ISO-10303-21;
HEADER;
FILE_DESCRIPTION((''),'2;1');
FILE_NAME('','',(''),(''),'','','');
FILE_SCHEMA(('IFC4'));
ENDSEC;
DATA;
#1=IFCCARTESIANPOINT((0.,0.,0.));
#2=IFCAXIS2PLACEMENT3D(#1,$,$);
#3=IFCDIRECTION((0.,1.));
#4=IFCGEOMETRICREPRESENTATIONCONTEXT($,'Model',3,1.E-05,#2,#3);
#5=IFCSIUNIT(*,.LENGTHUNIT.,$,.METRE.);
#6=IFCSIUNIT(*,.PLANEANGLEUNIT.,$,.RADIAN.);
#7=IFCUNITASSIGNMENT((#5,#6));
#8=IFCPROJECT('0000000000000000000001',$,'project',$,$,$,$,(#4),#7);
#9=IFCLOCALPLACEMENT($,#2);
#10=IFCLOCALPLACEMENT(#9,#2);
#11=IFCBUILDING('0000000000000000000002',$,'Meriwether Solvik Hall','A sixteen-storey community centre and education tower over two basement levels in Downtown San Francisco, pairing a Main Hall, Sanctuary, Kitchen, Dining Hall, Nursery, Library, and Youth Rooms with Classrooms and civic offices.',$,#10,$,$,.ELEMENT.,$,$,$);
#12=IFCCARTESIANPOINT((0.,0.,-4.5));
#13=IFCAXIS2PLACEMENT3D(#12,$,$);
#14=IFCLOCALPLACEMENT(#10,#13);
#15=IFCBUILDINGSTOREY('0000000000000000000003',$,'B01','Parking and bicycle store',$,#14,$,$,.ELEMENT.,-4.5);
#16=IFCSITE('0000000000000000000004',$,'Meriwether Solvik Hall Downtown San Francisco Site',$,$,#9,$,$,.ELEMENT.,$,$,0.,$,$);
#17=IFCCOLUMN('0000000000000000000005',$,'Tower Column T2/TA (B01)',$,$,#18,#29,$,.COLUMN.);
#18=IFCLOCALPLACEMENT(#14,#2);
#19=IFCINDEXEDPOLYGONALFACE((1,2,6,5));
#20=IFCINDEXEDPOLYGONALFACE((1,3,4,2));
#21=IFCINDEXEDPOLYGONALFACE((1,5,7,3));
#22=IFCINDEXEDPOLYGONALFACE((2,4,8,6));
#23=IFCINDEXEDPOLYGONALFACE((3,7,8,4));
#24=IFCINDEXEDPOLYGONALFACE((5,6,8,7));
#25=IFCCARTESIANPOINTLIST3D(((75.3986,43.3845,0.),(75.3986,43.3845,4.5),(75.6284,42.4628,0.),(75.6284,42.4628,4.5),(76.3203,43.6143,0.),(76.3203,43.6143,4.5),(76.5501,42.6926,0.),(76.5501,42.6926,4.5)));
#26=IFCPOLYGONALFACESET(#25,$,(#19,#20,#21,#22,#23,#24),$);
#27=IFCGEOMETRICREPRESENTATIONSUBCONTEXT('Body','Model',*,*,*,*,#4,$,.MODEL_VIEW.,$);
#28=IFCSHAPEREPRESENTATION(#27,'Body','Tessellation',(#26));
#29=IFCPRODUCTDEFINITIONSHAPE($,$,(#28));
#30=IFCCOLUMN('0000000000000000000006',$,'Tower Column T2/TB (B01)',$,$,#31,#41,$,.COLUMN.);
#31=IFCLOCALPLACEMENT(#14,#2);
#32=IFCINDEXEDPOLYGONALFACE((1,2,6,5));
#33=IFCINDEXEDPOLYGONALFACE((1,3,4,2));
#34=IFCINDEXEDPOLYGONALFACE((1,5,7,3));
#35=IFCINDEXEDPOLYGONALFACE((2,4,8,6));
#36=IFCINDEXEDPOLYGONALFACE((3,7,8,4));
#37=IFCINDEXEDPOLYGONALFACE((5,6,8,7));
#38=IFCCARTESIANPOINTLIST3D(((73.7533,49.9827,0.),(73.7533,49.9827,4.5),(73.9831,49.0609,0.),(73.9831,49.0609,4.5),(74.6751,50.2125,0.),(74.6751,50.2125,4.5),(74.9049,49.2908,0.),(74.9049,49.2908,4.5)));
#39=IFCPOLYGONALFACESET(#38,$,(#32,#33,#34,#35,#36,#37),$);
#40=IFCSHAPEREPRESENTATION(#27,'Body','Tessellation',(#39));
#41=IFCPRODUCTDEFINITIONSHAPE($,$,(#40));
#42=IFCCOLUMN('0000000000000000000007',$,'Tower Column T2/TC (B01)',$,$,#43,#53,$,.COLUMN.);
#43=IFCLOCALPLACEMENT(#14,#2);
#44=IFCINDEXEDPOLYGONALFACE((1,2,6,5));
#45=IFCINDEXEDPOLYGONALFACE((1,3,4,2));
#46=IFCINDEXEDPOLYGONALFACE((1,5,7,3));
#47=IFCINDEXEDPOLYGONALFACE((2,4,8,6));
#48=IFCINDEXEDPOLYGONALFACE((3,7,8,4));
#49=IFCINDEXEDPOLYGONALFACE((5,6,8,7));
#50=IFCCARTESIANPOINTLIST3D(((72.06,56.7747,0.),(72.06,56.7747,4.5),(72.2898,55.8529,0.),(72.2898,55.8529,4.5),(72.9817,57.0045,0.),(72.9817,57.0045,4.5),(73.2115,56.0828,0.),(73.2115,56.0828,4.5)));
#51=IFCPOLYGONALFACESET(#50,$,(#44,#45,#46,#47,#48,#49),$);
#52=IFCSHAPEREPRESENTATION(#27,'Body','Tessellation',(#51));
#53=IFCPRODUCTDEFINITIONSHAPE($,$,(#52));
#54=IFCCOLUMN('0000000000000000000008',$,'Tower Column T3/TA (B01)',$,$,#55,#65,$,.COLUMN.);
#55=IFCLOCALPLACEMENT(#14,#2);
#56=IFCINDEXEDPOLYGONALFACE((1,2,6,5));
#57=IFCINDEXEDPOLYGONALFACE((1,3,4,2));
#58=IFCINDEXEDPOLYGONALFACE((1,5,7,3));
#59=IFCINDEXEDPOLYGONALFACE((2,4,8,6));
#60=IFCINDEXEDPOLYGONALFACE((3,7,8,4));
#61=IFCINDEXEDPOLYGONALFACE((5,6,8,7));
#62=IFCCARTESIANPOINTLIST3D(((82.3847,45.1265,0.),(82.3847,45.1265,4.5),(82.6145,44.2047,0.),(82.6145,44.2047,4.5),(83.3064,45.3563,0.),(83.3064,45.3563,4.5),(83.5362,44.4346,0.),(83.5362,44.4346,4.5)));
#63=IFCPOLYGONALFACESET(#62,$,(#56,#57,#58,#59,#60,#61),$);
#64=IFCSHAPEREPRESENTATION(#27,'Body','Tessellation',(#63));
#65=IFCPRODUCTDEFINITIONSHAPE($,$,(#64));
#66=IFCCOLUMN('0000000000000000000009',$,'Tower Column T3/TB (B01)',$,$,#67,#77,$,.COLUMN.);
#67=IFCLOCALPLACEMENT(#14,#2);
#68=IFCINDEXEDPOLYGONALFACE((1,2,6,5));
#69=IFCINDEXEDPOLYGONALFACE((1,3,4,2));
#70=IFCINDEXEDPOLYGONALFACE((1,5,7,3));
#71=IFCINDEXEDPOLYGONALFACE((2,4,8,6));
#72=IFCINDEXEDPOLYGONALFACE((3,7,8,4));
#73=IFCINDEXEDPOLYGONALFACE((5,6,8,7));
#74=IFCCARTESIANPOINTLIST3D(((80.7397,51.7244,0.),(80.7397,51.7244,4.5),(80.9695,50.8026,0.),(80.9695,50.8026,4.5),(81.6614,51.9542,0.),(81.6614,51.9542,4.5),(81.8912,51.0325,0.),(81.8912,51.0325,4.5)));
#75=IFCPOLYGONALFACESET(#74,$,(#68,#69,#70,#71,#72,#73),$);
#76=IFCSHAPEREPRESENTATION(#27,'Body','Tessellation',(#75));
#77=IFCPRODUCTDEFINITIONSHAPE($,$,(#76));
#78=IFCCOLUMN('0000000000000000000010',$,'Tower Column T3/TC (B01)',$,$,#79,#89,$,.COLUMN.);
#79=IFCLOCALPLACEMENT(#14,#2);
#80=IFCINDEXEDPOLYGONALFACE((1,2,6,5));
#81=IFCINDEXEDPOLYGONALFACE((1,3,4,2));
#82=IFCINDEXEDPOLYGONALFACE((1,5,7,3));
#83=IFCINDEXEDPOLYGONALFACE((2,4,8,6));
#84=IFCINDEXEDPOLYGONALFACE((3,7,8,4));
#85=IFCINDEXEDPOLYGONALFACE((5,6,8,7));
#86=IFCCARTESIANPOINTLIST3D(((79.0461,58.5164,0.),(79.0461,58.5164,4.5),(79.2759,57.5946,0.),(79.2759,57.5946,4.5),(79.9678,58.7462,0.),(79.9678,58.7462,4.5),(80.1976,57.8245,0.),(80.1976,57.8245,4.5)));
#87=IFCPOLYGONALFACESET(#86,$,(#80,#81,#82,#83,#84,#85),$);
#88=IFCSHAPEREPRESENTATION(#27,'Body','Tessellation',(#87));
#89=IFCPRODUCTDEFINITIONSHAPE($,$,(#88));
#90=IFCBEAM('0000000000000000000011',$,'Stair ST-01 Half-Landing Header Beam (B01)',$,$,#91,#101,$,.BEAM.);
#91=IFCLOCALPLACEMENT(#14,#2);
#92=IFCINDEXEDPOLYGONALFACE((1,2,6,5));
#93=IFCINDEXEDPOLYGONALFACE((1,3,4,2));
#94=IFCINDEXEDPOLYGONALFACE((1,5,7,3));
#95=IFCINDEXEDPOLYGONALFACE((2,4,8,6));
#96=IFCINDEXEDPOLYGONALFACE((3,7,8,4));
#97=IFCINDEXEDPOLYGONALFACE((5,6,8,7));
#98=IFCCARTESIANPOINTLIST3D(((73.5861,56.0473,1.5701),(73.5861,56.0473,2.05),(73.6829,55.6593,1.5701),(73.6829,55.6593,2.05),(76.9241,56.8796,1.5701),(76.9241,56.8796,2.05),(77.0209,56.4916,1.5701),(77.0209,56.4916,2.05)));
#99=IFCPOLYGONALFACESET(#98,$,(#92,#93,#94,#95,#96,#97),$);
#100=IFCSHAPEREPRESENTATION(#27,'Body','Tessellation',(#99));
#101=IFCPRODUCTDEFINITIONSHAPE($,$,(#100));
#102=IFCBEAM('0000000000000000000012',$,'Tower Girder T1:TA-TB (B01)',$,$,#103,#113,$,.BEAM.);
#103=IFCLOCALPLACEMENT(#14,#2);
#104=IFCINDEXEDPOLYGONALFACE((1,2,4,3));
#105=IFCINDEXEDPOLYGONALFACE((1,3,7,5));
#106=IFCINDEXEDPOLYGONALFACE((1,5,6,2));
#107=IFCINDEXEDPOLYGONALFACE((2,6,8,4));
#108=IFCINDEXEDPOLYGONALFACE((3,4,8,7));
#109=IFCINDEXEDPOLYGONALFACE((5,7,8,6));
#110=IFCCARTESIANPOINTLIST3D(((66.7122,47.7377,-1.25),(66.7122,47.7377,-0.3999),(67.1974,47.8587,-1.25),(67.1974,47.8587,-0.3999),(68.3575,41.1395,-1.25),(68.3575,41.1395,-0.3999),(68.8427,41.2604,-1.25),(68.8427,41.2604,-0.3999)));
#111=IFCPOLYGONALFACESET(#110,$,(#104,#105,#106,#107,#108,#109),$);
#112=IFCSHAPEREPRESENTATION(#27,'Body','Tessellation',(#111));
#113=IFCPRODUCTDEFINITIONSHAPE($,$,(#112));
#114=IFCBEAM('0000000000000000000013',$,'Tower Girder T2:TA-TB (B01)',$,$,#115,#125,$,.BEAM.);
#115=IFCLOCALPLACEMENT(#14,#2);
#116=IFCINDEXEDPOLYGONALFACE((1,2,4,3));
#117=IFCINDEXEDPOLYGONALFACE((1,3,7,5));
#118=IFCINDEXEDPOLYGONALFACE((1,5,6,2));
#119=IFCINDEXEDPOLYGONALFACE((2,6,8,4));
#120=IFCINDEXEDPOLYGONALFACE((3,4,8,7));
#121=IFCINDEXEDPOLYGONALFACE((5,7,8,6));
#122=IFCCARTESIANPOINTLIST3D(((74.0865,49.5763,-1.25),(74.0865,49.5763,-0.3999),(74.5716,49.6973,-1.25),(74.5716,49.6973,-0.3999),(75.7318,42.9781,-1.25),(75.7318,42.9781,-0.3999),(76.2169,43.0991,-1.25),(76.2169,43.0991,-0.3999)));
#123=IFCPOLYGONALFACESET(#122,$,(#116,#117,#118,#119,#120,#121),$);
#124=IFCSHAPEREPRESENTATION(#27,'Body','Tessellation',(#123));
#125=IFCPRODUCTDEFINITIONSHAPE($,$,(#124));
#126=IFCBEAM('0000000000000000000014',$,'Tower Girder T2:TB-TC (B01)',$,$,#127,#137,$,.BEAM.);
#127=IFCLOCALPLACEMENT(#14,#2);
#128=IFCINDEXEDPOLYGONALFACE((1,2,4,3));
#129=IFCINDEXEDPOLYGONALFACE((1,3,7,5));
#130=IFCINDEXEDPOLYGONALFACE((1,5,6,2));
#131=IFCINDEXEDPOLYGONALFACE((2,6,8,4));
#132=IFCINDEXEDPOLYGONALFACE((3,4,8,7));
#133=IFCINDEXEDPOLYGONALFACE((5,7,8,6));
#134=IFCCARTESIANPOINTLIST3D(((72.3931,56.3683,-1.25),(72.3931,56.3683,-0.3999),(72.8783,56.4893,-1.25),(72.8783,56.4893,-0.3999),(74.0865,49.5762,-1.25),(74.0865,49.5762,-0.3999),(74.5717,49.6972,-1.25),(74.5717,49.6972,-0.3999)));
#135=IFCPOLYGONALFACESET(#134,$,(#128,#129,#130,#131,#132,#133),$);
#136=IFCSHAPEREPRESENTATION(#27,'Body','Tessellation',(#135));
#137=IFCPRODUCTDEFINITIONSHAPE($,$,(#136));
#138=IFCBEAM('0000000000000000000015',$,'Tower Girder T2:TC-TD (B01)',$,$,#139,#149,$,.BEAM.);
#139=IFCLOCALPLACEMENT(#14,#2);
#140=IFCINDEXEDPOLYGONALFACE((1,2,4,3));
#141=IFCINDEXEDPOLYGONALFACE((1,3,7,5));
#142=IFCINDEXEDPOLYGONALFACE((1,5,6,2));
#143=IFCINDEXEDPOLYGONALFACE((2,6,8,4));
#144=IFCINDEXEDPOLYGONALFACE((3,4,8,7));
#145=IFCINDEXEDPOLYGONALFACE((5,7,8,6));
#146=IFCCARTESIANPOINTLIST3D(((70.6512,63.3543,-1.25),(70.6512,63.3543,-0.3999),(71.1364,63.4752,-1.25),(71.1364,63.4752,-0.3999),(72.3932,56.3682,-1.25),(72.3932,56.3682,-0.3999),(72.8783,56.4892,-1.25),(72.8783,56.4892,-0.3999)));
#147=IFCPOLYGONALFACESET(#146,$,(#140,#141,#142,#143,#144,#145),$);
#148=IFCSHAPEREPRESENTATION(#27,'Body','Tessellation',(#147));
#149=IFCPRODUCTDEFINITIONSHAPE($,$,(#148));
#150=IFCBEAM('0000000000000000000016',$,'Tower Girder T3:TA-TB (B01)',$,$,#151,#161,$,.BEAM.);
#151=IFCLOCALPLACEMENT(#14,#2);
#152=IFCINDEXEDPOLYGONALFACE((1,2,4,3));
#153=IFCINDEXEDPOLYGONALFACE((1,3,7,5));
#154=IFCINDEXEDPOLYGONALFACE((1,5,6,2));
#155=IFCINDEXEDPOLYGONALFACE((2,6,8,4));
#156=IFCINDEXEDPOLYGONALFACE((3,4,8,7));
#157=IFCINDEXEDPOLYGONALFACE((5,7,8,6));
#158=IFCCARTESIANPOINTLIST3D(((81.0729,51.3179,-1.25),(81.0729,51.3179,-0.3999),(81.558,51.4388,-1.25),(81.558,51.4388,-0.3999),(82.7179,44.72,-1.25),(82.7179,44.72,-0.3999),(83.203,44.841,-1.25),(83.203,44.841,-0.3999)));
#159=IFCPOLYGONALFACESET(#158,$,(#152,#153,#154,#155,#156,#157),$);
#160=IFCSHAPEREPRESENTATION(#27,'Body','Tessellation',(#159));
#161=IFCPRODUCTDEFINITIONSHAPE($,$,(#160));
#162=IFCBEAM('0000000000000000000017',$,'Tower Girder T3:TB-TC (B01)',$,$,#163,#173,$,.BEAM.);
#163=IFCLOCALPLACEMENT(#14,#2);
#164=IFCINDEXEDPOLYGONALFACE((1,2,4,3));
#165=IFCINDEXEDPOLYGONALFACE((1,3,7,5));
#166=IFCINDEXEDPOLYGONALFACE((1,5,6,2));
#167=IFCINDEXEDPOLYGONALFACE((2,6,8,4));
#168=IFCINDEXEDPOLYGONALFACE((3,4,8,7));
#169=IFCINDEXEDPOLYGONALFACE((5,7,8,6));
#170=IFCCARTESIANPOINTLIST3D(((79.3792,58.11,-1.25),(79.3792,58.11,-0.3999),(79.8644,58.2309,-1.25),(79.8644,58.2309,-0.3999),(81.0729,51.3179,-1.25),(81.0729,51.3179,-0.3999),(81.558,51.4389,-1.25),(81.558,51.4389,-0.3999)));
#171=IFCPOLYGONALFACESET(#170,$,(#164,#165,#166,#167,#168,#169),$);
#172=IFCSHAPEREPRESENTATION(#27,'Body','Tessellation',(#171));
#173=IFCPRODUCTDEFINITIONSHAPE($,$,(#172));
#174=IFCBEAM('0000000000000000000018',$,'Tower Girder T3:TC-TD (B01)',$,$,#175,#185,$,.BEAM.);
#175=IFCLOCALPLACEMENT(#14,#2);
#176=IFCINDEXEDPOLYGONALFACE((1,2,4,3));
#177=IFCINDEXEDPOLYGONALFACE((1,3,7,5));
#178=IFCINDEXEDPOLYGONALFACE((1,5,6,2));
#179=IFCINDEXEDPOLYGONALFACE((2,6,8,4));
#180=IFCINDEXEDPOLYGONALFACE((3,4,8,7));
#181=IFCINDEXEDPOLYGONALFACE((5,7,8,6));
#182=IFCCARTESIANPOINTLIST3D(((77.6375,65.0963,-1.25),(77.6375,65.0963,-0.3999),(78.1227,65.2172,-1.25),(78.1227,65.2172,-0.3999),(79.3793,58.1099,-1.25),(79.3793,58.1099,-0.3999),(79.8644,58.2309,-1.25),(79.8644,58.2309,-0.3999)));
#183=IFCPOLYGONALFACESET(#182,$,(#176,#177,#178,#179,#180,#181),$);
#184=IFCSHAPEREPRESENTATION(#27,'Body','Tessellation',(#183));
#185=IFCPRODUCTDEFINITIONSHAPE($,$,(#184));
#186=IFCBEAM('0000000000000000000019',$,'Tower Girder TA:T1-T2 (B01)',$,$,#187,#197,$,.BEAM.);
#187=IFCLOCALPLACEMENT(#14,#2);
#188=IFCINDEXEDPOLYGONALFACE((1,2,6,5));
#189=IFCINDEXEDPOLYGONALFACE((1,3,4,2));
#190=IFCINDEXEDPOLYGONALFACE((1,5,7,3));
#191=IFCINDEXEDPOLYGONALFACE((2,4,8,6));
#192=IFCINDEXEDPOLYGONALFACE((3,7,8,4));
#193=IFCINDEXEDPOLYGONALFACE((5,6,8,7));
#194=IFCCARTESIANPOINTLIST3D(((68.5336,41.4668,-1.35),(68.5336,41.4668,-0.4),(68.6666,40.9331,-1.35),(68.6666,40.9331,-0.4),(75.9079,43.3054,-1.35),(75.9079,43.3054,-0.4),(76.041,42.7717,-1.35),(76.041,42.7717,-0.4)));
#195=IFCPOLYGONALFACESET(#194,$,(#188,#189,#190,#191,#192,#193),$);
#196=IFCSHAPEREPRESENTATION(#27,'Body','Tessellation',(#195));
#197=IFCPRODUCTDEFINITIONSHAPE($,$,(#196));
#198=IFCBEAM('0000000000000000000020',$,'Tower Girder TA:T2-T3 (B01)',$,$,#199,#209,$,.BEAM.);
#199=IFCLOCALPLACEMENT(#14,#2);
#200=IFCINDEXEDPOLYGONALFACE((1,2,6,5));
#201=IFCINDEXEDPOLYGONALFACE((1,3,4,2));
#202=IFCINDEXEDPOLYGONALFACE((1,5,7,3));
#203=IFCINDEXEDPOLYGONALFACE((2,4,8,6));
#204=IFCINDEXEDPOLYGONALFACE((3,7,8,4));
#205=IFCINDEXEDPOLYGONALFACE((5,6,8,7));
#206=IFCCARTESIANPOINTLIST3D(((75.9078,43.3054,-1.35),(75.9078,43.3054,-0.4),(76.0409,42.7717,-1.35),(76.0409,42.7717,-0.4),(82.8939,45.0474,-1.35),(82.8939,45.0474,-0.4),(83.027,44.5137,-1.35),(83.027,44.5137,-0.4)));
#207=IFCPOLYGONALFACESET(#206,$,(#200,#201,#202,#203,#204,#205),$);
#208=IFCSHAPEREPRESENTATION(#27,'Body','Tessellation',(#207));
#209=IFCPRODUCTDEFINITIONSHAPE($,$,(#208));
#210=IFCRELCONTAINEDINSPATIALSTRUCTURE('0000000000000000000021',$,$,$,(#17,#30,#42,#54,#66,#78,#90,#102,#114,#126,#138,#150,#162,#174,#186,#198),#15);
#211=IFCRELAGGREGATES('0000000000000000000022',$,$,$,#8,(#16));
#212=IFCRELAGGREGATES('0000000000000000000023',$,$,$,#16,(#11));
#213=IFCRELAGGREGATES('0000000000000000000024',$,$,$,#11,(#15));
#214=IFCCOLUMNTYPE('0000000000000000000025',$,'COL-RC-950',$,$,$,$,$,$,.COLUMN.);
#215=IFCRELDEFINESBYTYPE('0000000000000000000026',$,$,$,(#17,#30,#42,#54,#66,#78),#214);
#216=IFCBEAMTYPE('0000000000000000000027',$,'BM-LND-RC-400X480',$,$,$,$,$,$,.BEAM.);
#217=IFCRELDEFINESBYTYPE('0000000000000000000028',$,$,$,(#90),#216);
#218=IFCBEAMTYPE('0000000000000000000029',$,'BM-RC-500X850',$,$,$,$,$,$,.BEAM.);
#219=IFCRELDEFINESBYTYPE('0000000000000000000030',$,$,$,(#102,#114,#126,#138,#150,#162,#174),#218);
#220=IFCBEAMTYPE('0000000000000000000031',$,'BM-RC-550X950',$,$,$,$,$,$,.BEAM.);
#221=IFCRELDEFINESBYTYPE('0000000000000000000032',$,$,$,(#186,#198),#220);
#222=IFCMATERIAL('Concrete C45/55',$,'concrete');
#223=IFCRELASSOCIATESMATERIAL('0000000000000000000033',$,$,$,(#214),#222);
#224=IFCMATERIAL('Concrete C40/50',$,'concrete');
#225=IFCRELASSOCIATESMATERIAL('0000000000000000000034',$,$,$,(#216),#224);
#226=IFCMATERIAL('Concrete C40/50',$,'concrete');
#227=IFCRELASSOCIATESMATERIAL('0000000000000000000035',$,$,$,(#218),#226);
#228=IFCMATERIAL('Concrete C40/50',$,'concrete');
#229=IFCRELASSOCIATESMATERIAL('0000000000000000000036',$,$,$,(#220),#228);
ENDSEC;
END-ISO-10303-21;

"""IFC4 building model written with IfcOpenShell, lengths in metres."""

from ifc_helpers import new_model, si_unit, direction, frame, origin, origin_2d, place, context, subcontext, project, spatial, rectangle, extrude, material, material_profile, profile_set, type_object, element, save


model = new_model("IFC4")

# Units and contexts
model_context = context("Model", 3, precision=1e-05, world=origin(), true_north=direction((0.0, 1.0)))
body_context = subcontext(model_context, "Body", "Model", "MODEL_VIEW")
ifc_project = project(units=[si_unit("LENGTHUNIT", "METRE"), si_unit("PLANEANGLEUNIT", "RADIAN")], contexts=[model_context])

# Site, building, storey
site_placement = place(None, origin())
site = spatial("IfcSite", under=ifc_project, at=site_placement, Name="Meriwether Solvik Hall Downtown San Francisco Site", CompositionType="ELEMENT", RefElevation=0.0)
building_placement = place(site_placement, origin())
building = spatial("IfcBuilding", under=site, at=building_placement, Name="Meriwether Solvik Hall", Description="A sixteen-storey community centre and education tower over two basement levels in Downtown San Francisco, pairing a Main Hall, Sanctuary, Kitchen, Dining Hall, Nursery, Library, and Youth Rooms with Classrooms and civic offices.", CompositionType="ELEMENT")
storey_placement = place(building_placement, frame((0.0, 0.0, -4.5)))
storey = spatial("IfcBuildingStorey", under=building, at=storey_placement, Name="B01", Description="Parking and bicycle store", CompositionType="ELEMENT", Elevation=-4.5)

# Columns
ifc_material_1 = material(Name="Concrete C45/55", Category="concrete")
ifc_material_profile_1 = material_profile(ifc_material_1, rectangle(XDim=0.95, YDim=0.95, at=origin_2d()), Name="RCC-950X950")
ifc_profile_set_1 = profile_set([ifc_material_profile_1], Name="Concrete C45/55")
column_type = type_object("IfcColumnType", Name="COL-RC-950", PredefinedType="COLUMN", material=ifc_profile_set_1)
for number, where, z_axis, x_axis, name in (
    (1, (75.9744, 43.0386, 0.0), (0.0, 0.0, 1.0), (0.970296, 0.241922, 0.0), "Tower Column T2/TA (B01)"),
    (2, (74.3291, 49.6367, 0.0), (0.0, 0.0, 1.0), (0.970296, 0.241922, 0.0), "Tower Column T2/TB (B01)"),
    (3, (72.6357, 56.4287, 0.0), (0.0, 0.0, 1.0), (0.970296, 0.241922, 0.0), "Tower Column T2/TC (B01)"),
    (4, (82.9604, 44.7805, 0.0), (0.0, 0.0, 1.0), (0.970296, 0.241922, 0.0), "Tower Column T3/TA (B01)"),
    (5, (81.3154, 51.3784, 0.0), (0.0, 0.0, 1.0), (0.970296, 0.241922, 0.0), "Tower Column T3/TB (B01)"),
    (6, (79.6218, 58.1704, 0.0), (0.0, 0.0, 1.0), (0.970296, 0.241922, 0.0), "Tower Column T3/TC (B01)"),
):
    element("IfcColumn", number, at=place(storey_placement, frame(where, z_axis=z_axis, x_axis=x_axis)), inside=storey, type_object=column_type, Name=name, PredefinedType="COLUMN", context=body_context, shape_type="SweptSolid", body=[
        extrude(rectangle(XDim=0.95, YDim=0.95, at=origin_2d()), origin(), (0.0, 0.0, 1.0), 4.5),
    ])

# Beams
ifc_material_2 = material(Name="Concrete C40/50", Category="concrete")
ifc_material_profile_2 = material_profile(ifc_material_2, rectangle(XDim=0.3999, YDim=0.48, at=origin_2d()), Name="RCB-400X480")
ifc_profile_set_2 = profile_set([ifc_material_profile_2], Name="Concrete C40/50")
beam_type_1 = type_object("IfcBeamType", Name="BM-LND-RC-400X480", PredefinedType="BEAM", material=ifc_profile_set_2)
beam_1_placement = place(storey_placement, frame((73.6345, 55.8533, 1.8101), z_axis=(0.970293, 0.241934, 0.0), x_axis=(-0.241934, 0.970293, 0.0)))
element("IfcBeam", 7, at=beam_1_placement, inside=storey, type_object=beam_type_1, Name="Stair ST-01 Half-Landing Header Beam (B01)", PredefinedType="BEAM", context=body_context, shape_type="SweptSolid", body=[
    extrude(rectangle(XDim=0.3999, YDim=0.48, at=origin_2d()), origin(), (0.0, 0.0, 1.0), 3.4402),
])
ifc_material_3 = material(Name="Concrete C40/50", Category="concrete")
ifc_material_profile_3 = material_profile(ifc_material_3, rectangle(XDim=0.5, YDim=0.8501, at=origin_2d()), Name="RCB-500X850")
ifc_profile_set_3 = profile_set([ifc_material_profile_3], Name="Concrete C40/50")
beam_type_2 = type_object("IfcBeamType", Name="BM-RC-500X850", PredefinedType="BEAM", material=ifc_profile_set_3)
for number, where, z_axis, x_axis, name in (
    (8, (68.6001, 41.2, -0.825), (-0.241944, 0.97029, 0.0), (-0.97029, -0.241944, 0.0), "Tower Girder T1:TA-TB (B01)"),
    (9, (75.9744, 43.0386, -0.825), (-0.241944, 0.97029, 0.0), (-0.97029, -0.241944, 0.0), "Tower Girder T2:TA-TB (B01)"),
):
    element("IfcBeam", number, at=place(storey_placement, frame(where, z_axis=z_axis, x_axis=x_axis)), inside=storey, type_object=beam_type_2, Name=name, PredefinedType="BEAM", context=body_context, shape_type="SweptSolid", body=[
        extrude(rectangle(XDim=0.5, YDim=0.8501, at=origin_2d()), origin(), (0.0, 0.0, 1.0), 6.8003),
    ])
beam_2_placement = place(storey_placement, frame((74.3291, 49.6367, -0.825), z_axis=(-0.241912, 0.970298, 0.0), x_axis=(-0.970298, -0.241912, 0.0)))
element("IfcBeam", 10, at=beam_2_placement, inside=storey, type_object=beam_type_2, Name="Tower Girder T2:TB-TC (B01)", PredefinedType="BEAM", context=body_context, shape_type="SweptSolid", body=[
    extrude(rectangle(XDim=0.5, YDim=0.8501, at=origin_2d()), origin(), (0.0, 0.0, 1.0), 7.0),
])
beam_3_placement = place(storey_placement, frame((72.6357, 56.4287, -0.825), z_axis=(-0.241937, 0.970292, 0.0), x_axis=(-0.970292, -0.241937, 0.0)))
element("IfcBeam", 11, at=beam_3_placement, inside=storey, type_object=beam_type_2, Name="Tower Girder T2:TC-TD (B01)", PredefinedType="BEAM", context=body_context, shape_type="SweptSolid", body=[
    extrude(rectangle(XDim=0.5, YDim=0.8501, at=origin_2d()), origin(), (0.0, 0.0, 1.0), 7.2),
])
beam_4_placement = place(storey_placement, frame((82.9604, 44.7805, -0.825), z_axis=(-0.241919, 0.970296, 0.0), x_axis=(-0.970296, -0.241919, 0.0)))
element("IfcBeam", 12, at=beam_4_placement, inside=storey, type_object=beam_type_2, Name="Tower Girder T3:TA-TB (B01)", PredefinedType="BEAM", context=body_context, shape_type="SweptSolid", body=[
    extrude(rectangle(XDim=0.5, YDim=0.8501, at=origin_2d()), origin(), (0.0, 0.0, 1.0), 6.7998),
])
beam_5_placement = place(storey_placement, frame((81.3154, 51.3784, -0.825), z_axis=(-0.241945, 0.97029, 0.0), x_axis=(-0.97029, -0.241945, 0.0)))
element("IfcBeam", 13, at=beam_5_placement, inside=storey, type_object=beam_type_2, Name="Tower Girder T3:TB-TC (B01)", PredefinedType="BEAM", context=body_context, shape_type="SweptSolid", body=[
    extrude(rectangle(XDim=0.5, YDim=0.8501, at=origin_2d()), origin(), (0.0, 0.0, 1.0), 7.0),
])
beam_6_placement = place(storey_placement, frame((79.6218, 58.1704, -0.825), z_axis=(-0.241897, 0.970302, 0.0), x_axis=(-0.970302, -0.241897, 0.0)))
element("IfcBeam", 14, at=beam_6_placement, inside=storey, type_object=beam_type_2, Name="Tower Girder T3:TC-TD (B01)", PredefinedType="BEAM", context=body_context, shape_type="SweptSolid", body=[
    extrude(rectangle(XDim=0.5, YDim=0.8501, at=origin_2d()), origin(), (0.0, 0.0, 1.0), 7.2002),
])
ifc_material_4 = material(Name="Concrete C40/50", Category="concrete")
ifc_material_profile_4 = material_profile(ifc_material_4, rectangle(XDim=0.55, YDim=0.95, at=origin_2d()), Name="RCB-550X950")
ifc_profile_set_4 = profile_set([ifc_material_profile_4], Name="Concrete C40/50")
beam_type_3 = type_object("IfcBeamType", Name="BM-RC-550X950", PredefinedType="BEAM", material=ifc_profile_set_4)
beam_7_placement = place(storey_placement, frame((68.6001, 41.2, -0.875), z_axis=(0.970295, 0.241923, 0.0), x_axis=(-0.241923, 0.970295, 0.0)))
element("IfcBeam", 15, at=beam_7_placement, inside=storey, type_object=beam_type_3, Name="Tower Girder TA:T1-T2 (B01)", PredefinedType="BEAM", context=body_context, shape_type="SweptSolid", body=[
    extrude(rectangle(XDim=0.55, YDim=0.95, at=origin_2d()), origin(), (0.0, 0.0, 1.0), 7.6001),
])
for number, where, z_axis, x_axis, name in (
    (16, (75.9744, 43.0386, -0.875), (0.970292, 0.241937, 0.0), (-0.241937, 0.970292, 0.0), "Tower Girder TA:T2-T3 (B01)"),
):
    element("IfcBeam", number, at=place(storey_placement, frame(where, z_axis=z_axis, x_axis=x_axis)), inside=storey, type_object=beam_type_3, Name=name, PredefinedType="BEAM", context=body_context, shape_type="SweptSolid", body=[
        extrude(rectangle(XDim=0.55, YDim=0.95, at=origin_2d()), origin(), (0.0, 0.0, 1.0), 7.2),
    ])

save(model, "model.ifc")
